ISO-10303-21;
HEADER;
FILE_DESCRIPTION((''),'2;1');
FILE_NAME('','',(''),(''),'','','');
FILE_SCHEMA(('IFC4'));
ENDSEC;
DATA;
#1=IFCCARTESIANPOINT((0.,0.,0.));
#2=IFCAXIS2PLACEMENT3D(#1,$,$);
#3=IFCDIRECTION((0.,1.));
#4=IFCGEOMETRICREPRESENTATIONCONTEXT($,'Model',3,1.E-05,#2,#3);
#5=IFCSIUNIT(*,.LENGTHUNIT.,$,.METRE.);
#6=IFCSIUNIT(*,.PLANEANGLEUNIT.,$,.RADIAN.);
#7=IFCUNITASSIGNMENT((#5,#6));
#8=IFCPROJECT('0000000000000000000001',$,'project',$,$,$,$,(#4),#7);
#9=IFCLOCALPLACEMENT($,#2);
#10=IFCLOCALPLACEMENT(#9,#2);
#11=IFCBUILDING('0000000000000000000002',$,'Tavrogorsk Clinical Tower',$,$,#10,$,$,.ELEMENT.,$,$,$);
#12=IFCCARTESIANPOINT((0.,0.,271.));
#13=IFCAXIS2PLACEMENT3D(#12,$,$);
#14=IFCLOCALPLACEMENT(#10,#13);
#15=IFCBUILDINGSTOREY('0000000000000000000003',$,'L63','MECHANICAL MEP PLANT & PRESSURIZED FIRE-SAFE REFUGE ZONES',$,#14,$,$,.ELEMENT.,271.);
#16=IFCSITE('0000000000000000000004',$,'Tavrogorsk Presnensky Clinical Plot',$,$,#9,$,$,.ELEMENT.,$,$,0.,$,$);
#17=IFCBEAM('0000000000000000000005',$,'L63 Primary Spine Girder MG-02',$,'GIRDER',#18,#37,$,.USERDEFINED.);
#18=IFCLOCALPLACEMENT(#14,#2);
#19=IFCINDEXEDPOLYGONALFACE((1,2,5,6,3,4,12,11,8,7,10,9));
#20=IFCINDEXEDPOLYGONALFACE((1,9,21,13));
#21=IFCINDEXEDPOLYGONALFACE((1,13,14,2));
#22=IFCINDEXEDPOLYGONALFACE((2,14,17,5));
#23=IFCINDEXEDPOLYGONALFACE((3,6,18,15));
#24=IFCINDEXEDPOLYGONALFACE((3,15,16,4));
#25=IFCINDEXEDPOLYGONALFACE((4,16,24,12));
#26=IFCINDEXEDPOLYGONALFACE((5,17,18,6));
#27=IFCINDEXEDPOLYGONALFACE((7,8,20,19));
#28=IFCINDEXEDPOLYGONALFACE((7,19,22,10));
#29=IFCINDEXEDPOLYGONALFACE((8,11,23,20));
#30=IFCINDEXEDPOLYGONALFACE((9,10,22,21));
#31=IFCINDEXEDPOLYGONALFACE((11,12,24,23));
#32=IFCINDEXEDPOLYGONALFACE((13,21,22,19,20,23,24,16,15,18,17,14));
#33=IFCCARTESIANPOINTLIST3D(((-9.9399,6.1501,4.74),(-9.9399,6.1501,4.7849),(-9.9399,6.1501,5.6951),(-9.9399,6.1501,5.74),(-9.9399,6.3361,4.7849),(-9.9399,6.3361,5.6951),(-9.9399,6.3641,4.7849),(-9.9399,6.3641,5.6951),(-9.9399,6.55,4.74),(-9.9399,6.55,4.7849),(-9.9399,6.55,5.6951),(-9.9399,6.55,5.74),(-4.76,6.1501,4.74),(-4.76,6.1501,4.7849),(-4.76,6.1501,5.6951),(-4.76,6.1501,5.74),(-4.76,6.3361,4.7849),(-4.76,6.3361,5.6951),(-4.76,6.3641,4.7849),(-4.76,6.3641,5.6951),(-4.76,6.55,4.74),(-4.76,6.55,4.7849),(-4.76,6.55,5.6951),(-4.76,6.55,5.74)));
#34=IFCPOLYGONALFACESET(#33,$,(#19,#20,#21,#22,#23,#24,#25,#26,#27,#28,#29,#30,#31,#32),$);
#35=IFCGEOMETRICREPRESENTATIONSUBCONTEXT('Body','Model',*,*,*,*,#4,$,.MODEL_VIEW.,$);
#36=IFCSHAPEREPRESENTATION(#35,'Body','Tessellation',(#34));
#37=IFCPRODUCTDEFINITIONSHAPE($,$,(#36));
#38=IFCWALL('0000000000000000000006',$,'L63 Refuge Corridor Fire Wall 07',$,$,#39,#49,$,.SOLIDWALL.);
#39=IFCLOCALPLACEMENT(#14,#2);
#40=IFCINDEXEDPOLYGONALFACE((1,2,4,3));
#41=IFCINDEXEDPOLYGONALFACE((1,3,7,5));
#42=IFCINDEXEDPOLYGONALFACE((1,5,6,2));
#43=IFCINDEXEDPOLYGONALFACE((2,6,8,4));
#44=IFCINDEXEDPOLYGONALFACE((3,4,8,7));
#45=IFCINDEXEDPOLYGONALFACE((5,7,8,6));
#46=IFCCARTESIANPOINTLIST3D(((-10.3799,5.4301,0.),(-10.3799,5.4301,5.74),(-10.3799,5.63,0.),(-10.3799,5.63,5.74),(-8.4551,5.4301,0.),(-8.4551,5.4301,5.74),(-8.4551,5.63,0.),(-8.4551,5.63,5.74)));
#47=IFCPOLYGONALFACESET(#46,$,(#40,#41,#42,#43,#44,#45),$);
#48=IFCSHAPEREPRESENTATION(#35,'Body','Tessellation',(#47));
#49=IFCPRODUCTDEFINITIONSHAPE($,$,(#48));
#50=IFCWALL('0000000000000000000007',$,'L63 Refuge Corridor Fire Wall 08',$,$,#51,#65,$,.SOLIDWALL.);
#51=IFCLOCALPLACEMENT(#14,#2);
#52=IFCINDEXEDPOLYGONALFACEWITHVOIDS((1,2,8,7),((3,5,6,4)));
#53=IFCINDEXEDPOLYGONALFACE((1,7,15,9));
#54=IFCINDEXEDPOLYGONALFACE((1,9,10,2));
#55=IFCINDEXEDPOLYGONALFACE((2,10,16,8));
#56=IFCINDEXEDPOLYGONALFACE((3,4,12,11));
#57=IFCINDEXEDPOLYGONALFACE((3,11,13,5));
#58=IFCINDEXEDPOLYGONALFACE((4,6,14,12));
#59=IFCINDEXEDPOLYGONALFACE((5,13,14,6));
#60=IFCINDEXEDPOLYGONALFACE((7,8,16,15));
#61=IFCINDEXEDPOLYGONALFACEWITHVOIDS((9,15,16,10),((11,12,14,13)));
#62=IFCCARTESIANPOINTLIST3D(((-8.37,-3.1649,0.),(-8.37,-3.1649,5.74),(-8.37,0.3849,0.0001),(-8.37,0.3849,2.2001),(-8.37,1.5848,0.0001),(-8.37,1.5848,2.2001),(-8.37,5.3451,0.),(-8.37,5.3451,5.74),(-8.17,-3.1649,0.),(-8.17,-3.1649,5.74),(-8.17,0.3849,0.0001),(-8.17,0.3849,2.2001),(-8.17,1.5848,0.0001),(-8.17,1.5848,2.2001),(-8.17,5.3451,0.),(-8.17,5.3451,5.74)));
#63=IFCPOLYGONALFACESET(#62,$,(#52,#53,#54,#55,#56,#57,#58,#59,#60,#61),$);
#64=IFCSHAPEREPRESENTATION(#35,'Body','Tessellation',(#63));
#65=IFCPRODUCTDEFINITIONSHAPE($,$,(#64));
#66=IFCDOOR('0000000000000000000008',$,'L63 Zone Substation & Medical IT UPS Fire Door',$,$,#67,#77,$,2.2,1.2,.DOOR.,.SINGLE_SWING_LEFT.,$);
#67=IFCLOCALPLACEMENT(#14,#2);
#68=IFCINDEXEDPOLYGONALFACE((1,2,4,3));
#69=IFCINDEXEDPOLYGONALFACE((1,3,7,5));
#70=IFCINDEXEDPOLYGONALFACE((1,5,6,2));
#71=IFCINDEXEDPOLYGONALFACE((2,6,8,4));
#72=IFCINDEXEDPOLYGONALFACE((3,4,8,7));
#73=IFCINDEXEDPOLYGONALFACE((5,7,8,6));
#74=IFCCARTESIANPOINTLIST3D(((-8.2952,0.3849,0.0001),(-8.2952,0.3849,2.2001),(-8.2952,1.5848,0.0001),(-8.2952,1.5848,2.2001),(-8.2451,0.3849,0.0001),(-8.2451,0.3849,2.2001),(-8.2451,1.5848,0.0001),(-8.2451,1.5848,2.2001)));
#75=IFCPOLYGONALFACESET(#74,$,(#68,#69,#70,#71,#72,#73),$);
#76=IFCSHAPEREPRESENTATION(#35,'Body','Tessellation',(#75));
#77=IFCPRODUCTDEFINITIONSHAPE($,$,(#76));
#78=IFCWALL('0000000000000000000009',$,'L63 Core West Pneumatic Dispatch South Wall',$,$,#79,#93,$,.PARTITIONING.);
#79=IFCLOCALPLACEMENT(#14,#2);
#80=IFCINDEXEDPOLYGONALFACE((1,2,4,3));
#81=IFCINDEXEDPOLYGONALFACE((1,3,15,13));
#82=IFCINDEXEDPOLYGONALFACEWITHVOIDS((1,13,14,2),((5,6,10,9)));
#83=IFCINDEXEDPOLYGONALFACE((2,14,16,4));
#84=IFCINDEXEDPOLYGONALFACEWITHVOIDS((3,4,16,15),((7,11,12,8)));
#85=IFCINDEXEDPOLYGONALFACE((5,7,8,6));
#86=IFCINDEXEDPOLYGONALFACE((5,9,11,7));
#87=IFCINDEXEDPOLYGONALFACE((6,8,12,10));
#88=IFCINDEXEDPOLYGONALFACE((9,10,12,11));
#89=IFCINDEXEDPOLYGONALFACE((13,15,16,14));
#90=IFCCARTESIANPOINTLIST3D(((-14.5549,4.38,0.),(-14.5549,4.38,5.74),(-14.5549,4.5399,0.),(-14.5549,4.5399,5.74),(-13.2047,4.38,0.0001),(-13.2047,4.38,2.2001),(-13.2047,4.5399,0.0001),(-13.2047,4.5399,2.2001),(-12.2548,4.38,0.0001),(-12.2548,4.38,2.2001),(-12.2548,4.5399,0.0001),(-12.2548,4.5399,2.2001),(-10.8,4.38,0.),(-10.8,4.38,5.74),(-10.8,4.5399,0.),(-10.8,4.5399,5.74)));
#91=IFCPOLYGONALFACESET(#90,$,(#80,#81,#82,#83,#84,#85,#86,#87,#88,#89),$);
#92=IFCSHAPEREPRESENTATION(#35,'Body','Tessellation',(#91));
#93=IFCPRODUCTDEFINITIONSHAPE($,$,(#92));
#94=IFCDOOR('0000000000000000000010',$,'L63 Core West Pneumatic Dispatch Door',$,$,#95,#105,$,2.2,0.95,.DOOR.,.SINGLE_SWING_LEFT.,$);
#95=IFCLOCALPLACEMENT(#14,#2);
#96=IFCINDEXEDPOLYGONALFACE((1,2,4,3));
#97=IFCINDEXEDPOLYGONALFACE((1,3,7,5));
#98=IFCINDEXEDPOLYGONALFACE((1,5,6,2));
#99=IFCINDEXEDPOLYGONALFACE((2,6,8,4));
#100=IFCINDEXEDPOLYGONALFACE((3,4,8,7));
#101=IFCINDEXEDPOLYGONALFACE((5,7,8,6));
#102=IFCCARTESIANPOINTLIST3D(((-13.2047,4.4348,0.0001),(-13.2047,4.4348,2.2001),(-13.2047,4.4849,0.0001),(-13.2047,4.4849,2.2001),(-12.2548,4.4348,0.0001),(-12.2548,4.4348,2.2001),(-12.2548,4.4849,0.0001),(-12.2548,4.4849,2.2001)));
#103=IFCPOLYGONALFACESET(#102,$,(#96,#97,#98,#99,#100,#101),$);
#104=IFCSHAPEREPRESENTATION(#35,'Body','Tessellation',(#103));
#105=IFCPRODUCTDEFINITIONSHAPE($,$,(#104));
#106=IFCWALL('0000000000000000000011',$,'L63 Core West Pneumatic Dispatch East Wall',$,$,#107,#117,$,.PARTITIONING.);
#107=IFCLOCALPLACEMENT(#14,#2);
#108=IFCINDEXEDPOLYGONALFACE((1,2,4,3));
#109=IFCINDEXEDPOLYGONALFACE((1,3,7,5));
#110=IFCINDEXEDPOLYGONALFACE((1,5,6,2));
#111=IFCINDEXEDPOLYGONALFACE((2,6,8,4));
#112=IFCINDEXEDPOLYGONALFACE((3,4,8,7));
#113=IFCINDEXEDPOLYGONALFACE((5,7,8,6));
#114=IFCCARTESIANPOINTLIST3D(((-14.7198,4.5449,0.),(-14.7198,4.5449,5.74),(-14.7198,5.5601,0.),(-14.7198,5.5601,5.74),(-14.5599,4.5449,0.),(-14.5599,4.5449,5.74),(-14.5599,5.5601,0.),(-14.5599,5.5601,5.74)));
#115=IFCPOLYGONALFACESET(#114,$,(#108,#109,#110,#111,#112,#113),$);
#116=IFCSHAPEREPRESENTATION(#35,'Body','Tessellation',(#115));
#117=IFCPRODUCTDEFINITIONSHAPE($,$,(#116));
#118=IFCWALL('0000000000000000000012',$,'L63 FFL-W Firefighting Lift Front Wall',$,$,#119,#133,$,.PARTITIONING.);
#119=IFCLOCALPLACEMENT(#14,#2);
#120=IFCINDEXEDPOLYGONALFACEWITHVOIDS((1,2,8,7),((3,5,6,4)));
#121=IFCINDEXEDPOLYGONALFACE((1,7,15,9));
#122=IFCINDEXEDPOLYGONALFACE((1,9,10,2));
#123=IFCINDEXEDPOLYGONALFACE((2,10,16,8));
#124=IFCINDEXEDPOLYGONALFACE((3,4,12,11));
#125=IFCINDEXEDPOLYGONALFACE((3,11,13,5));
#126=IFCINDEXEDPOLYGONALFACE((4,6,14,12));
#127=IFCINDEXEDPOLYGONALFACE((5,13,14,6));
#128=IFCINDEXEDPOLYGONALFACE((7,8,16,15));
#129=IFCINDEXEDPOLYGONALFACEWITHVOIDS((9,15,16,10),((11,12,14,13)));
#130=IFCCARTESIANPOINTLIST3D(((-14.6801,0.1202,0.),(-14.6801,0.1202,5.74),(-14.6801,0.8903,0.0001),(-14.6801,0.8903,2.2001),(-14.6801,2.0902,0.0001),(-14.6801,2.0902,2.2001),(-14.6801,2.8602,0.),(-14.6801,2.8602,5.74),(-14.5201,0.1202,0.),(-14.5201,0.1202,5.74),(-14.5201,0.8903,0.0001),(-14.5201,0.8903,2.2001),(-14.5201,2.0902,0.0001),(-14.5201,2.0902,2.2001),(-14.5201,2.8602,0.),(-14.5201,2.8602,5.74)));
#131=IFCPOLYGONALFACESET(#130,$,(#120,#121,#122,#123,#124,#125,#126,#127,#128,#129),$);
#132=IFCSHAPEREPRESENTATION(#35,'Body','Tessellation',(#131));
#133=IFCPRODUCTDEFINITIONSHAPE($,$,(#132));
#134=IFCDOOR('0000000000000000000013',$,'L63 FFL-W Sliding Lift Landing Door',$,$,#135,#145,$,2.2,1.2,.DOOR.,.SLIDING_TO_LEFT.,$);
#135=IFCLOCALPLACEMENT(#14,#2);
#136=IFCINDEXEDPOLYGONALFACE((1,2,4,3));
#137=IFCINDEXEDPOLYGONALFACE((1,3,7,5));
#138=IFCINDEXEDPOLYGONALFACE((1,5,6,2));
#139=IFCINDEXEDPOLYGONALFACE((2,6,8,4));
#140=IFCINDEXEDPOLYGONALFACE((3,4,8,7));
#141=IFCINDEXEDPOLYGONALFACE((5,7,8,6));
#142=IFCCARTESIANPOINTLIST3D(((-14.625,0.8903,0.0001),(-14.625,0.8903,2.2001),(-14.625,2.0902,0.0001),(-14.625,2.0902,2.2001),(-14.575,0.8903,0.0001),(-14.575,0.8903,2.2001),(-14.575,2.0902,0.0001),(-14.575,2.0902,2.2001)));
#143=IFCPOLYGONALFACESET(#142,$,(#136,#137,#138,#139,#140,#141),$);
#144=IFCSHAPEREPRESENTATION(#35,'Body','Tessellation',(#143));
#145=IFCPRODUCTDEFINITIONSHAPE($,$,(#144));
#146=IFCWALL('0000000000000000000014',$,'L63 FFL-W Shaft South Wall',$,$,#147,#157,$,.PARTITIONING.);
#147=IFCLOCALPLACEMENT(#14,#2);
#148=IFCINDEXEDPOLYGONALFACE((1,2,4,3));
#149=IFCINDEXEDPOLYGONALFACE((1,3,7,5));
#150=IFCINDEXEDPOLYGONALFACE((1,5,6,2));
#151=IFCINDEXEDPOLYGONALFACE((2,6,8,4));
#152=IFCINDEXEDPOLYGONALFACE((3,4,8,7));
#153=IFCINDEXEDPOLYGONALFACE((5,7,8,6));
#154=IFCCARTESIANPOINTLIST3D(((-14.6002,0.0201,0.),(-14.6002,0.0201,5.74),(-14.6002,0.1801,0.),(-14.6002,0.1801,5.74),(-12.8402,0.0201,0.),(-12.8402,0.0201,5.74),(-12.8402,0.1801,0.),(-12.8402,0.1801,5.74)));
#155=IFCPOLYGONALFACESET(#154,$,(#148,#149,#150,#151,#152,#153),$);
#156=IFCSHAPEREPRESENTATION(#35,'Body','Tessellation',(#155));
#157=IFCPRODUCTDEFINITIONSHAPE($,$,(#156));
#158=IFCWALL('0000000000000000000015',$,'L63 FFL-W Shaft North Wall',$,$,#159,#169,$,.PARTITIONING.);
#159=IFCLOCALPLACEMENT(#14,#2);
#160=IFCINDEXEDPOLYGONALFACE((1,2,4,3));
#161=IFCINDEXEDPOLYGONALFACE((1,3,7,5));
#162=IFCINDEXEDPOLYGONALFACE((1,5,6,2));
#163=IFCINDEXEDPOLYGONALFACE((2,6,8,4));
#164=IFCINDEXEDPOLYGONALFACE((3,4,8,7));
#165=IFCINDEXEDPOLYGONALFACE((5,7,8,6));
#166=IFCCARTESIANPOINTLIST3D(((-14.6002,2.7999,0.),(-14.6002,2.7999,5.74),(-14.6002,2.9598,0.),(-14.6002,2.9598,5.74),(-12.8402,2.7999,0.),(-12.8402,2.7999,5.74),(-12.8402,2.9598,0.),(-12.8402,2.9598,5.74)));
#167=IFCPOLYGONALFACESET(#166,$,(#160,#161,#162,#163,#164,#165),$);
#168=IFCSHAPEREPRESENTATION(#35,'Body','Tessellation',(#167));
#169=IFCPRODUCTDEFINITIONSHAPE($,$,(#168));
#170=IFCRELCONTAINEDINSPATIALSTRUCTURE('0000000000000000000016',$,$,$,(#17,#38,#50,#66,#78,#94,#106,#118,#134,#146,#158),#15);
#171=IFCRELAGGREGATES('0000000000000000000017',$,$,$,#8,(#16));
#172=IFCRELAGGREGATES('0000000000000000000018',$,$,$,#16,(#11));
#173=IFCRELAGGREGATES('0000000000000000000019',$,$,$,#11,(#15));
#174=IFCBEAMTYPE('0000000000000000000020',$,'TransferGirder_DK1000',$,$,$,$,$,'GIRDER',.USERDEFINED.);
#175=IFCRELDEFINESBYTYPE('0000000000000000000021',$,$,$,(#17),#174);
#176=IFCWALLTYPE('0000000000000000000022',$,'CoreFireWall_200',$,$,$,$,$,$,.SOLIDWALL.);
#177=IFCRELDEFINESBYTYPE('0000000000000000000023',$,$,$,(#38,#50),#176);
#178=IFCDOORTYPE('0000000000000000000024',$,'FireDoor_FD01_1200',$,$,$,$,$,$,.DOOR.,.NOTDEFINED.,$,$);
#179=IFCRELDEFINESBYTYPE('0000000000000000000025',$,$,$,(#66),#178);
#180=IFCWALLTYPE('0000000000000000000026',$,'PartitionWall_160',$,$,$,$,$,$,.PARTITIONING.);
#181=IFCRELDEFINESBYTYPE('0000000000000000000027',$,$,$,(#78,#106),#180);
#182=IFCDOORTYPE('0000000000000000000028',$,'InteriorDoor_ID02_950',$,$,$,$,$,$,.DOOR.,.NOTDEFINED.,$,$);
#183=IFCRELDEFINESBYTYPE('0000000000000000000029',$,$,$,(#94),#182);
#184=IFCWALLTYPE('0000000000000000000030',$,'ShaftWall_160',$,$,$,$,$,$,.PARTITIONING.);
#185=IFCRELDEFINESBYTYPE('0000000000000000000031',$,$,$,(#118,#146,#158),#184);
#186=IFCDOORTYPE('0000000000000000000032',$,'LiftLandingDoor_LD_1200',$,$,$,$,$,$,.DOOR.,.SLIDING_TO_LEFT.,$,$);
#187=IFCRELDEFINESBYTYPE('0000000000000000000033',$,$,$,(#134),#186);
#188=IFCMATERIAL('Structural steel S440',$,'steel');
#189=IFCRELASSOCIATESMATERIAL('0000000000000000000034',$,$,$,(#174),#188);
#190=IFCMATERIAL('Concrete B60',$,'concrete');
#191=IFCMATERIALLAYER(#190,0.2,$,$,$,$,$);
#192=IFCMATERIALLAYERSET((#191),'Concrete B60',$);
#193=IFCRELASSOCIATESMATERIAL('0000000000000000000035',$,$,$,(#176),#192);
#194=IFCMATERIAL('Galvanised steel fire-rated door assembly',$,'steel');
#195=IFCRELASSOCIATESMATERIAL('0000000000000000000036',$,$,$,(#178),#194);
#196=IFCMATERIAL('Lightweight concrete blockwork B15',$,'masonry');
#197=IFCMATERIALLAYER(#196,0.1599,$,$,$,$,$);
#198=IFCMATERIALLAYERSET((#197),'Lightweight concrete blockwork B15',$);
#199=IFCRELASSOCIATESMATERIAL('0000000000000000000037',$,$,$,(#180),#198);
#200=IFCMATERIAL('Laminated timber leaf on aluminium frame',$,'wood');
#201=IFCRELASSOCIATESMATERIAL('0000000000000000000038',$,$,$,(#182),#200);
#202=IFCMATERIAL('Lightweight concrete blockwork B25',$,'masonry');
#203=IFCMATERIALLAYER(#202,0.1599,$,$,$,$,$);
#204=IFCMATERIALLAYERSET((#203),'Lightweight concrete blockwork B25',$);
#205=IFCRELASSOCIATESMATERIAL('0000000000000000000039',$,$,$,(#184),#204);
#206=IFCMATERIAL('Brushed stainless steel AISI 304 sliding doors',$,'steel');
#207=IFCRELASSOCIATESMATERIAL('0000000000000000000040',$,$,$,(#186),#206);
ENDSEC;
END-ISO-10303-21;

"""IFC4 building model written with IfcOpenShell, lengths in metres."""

from ifc_helpers import new_model, si_unit, direction, frame, frame_2d, origin, origin_2d, place, context, subcontext, project, spatial, rectangle, i_section, extrude, material, layer, layer_set, material_profile, profile_set, type_object, element, fill, save


model = new_model("IFC4")

# Units and contexts
model_context = context("Model", 3, precision=1e-05, world=origin(), true_north=direction((0.0, 1.0)))
body_context = subcontext(model_context, "Body", "Model", "MODEL_VIEW")
ifc_project = project(units=[si_unit("LENGTHUNIT", "METRE"), si_unit("PLANEANGLEUNIT", "RADIAN")], contexts=[model_context])

# Site, building, storey
site_placement = place(None, origin())
site = spatial("IfcSite", under=ifc_project, at=site_placement, Name="Tavrogorsk Presnensky Clinical Plot", CompositionType="ELEMENT", RefElevation=0.0)
building_placement = place(site_placement, origin())
building = spatial("IfcBuilding", under=site, at=building_placement, Name="Tavrogorsk Clinical Tower", CompositionType="ELEMENT")
storey_placement = place(building_placement, frame((0.0, 0.0, 271.0)))
storey = spatial("IfcBuildingStorey", under=building, at=storey_placement, Name="L63", Description="MECHANICAL MEP PLANT & PRESSURIZED FIRE-SAFE REFUGE ZONES", CompositionType="ELEMENT", Elevation=271.0)

# Beam
ifc_material_1 = material(Name="Structural steel S440", Category="steel")
ifc_material_profile_1 = material_profile(ifc_material_1, i_section(OverallWidth=0.3999, OverallDepth=1.0, WebThickness=0.0281, FlangeThickness=0.0449, at=origin_2d()), Name="DK-1000x400x28x45")
ifc_profile_set_1 = profile_set([ifc_material_profile_1], Name="Structural steel S440")
beam_type = type_object("IfcBeamType", Name="TransferGirder_DK1000", ElementType="GIRDER", PredefinedType="USERDEFINED", material=ifc_profile_set_1)
beam_placement = place(storey_placement, frame((-9.9399, 6.3501, 5.24), z_axis=(1.0, 0.0, 0.0), x_axis=(0.0, 1.0, 0.0)))
element("IfcBeam", 1, at=beam_placement, inside=storey, type_object=beam_type, Name="L63 Primary Spine Girder MG-02", ObjectType="GIRDER", PredefinedType="USERDEFINED", context=body_context, shape_type="SweptSolid", body=[
    extrude(i_section(OverallWidth=0.3999, OverallDepth=1.0, WebThickness=0.0281, FlangeThickness=0.0449, at=origin_2d()), origin(), (0.0, 0.0, 1.0), 5.1799),
])

# Wall
ifc_material_2 = material(Name="Concrete B60", Category="concrete")
ifc_layer_1 = layer(ifc_material_2, 0.2)
ifc_layer_set_1 = layer_set([ifc_layer_1], Name="Concrete B60")
wall_type_1 = type_object("IfcWallType", Name="CoreFireWall_200", PredefinedType="SOLIDWALL", material=ifc_layer_set_1)
wall_1_placement = place(storey_placement, frame((-10.3799, 5.53, 0.0), z_axis=(0.0, 0.0, 1.0), x_axis=(1.0, 0.0, 0.0)))
element("IfcWall", 2, at=wall_1_placement, inside=storey, type_object=wall_type_1, Name="L63 Refuge Corridor Fire Wall 07", PredefinedType="SOLIDWALL", context=body_context, shape_type="SweptSolid", body=[
    extrude(rectangle(XDim=1.9248, YDim=0.2, at=frame_2d((0.9624, 0.0))), origin(), (0.0, 0.0, 1.0), 5.74),
])

# Walls, openings, doors
wall_2_placement = place(storey_placement, frame((-8.27, 5.345, 0.0), z_axis=(0.0, 0.0, 1.0), x_axis=(0.0, -1.0, 0.0)))
wall_2 = element("IfcWall", 3, at=wall_2_placement, inside=storey, type_object=wall_type_1, Name="L63 Refuge Corridor Fire Wall 08", PredefinedType="SOLIDWALL", context=body_context, shape_type="SweptSolid", body=[
    extrude(rectangle(XDim=8.51, YDim=0.2, at=frame_2d((4.2549, 0.0))), origin(), (0.0, 0.0, 1.0), 5.74),
])
opening_1_placement = place(wall_2_placement, frame((3.76, 0.0, 0.0)))
opening_1 = element("IfcOpeningElement", 4, at=opening_1_placement, cuts=wall_2, PredefinedType="OPENING", context=body_context, shape_type="SweptSolid", body=[
    extrude(rectangle(XDim=1.2, YDim=2.2, at=frame_2d((0.6001, 1.1001))), frame((0.0, 0.1099, 0.0), z_axis=(0.0, -1.0, 0.0), x_axis=(1.0, 0.0, 0.0)), (0.0, 0.0, 1.0), 0.22),
])
ifc_material_3 = material(Name="Galvanised steel fire-rated door assembly", Category="steel")
door_type_1 = type_object("IfcDoorType", Name="FireDoor_FD01_1200", OperationType="NOTDEFINED", PredefinedType="DOOR", material=ifc_material_3)
door_1_placement = place(opening_1_placement, origin())
door_1 = element("IfcDoor", 5, at=door_1_placement, inside=storey, type_object=door_type_1, Name="L63 Zone Substation & Medical IT UPS Fire Door", OperationType="SINGLE_SWING_LEFT", OverallHeight=2.2, OverallWidth=1.2, PredefinedType="DOOR", context=body_context, shape_type="SweptSolid", body=[
    extrude(rectangle(XDim=1.2, YDim=2.2, at=frame_2d((0.6001, 1.1001))), frame((0.0, 0.0249, 0.0), z_axis=(0.0, -1.0, 0.0), x_axis=(1.0, 0.0, 0.0)), (0.0, 0.0, 1.0), 0.05),
])
fill(opening_1, door_1)
ifc_material_4 = material(Name="Lightweight concrete blockwork B15", Category="masonry")
ifc_layer_2 = layer(ifc_material_4, 0.1599)
ifc_layer_set_2 = layer_set([ifc_layer_2], Name="Lightweight concrete blockwork B15")
wall_type_2 = type_object("IfcWallType", Name="PartitionWall_160", PredefinedType="PARTITIONING", material=ifc_layer_set_2)
wall_3_placement = place(storey_placement, frame((-14.5549, 4.46, 0.0), z_axis=(0.0, 0.0, 1.0), x_axis=(1.0, 0.0, 0.0)))
wall_3 = element("IfcWall", 6, at=wall_3_placement, inside=storey, type_object=wall_type_2, Name="L63 Core West Pneumatic Dispatch South Wall", PredefinedType="PARTITIONING", context=body_context, shape_type="SweptSolid", body=[
    extrude(rectangle(XDim=3.7549, YDim=0.1599, at=frame_2d((1.8774, 0.0))), origin(), (0.0, 0.0, 1.0), 5.74),
])
opening_2_placement = place(wall_3_placement, frame((1.3501, 0.0, 0.0)))
opening_2 = element("IfcOpeningElement", 7, at=opening_2_placement, cuts=wall_3, PredefinedType="OPENING", context=body_context, shape_type="SweptSolid", body=[
    extrude(rectangle(XDim=0.95, YDim=2.2, at=frame_2d((0.4751, 1.1001))), frame((0.0, 0.0898, 0.0), z_axis=(0.0, -1.0, 0.0), x_axis=(1.0, 0.0, 0.0)), (0.0, 0.0, 1.0), 0.1799),
])
ifc_material_5 = material(Name="Laminated timber leaf on aluminium frame", Category="wood")
door_type_2 = type_object("IfcDoorType", Name="InteriorDoor_ID02_950", OperationType="NOTDEFINED", PredefinedType="DOOR", material=ifc_material_5)
door_2_placement = place(opening_2_placement, origin())
door_2 = element("IfcDoor", 8, at=door_2_placement, inside=storey, type_object=door_type_2, Name="L63 Core West Pneumatic Dispatch Door", OperationType="SINGLE_SWING_LEFT", OverallHeight=2.2, OverallWidth=0.95, PredefinedType="DOOR", context=body_context, shape_type="SweptSolid", body=[
    extrude(rectangle(XDim=0.95, YDim=2.2, at=frame_2d((0.4751, 1.1001))), frame((0.0, 0.0249, 0.0), z_axis=(0.0, -1.0, 0.0), x_axis=(1.0, 0.0, 0.0)), (0.0, 0.0, 1.0), 0.05),
])
fill(opening_2, door_2)

# Wall
wall_4_placement = place(storey_placement, frame((-14.6399, 4.5449, 0.0), z_axis=(0.0, 0.0, 1.0), x_axis=(0.0, 1.0, 0.0)))
element("IfcWall", 9, at=wall_4_placement, inside=storey, type_object=wall_type_2, Name="L63 Core West Pneumatic Dispatch East Wall", PredefinedType="PARTITIONING", context=body_context, shape_type="SweptSolid", body=[
    extrude(rectangle(XDim=1.0151, YDim=0.1599, at=frame_2d((0.5076, 0.0))), origin(), (0.0, 0.0, 1.0), 5.74),
])

# Wall, opening, door
ifc_material_6 = material(Name="Lightweight concrete blockwork B25", Category="masonry")
ifc_layer_3 = layer(ifc_material_6, 0.1599)
ifc_layer_set_3 = layer_set([ifc_layer_3], Name="Lightweight concrete blockwork B25")
wall_type_3 = type_object("IfcWallType", Name="ShaftWall_160", PredefinedType="PARTITIONING", material=ifc_layer_set_3)
wall_5_placement = place(storey_placement, frame((-14.6001, 0.1201, 0.0), z_axis=(0.0, 0.0, 1.0), x_axis=(0.0, 1.0, 0.0)))
wall_5 = element("IfcWall", 10, at=wall_5_placement, inside=storey, type_object=wall_type_3, Name="L63 FFL-W Firefighting Lift Front Wall", PredefinedType="PARTITIONING", context=body_context, shape_type="SweptSolid", body=[
    extrude(rectangle(XDim=2.74, YDim=0.1599, at=frame_2d((1.3701, 0.0))), origin(), (0.0, 0.0, 1.0), 5.74),
])
opening_3_placement = place(wall_5_placement, frame((0.77, 0.0, 0.0)))
opening_3 = element("IfcOpeningElement", 11, at=opening_3_placement, cuts=wall_5, PredefinedType="OPENING", context=body_context, shape_type="SweptSolid", body=[
    extrude(rectangle(XDim=1.2, YDim=2.2, at=frame_2d((0.6001, 1.1001))), frame((0.0, 0.0898, 0.0), z_axis=(0.0, -1.0, 0.0), x_axis=(1.0, 0.0, 0.0)), (0.0, 0.0, 1.0), 0.1799),
])
ifc_material_7 = material(Name="Brushed stainless steel AISI 304 sliding doors", Category="steel")
door_type_3 = type_object("IfcDoorType", Name="LiftLandingDoor_LD_1200", OperationType="SLIDING_TO_LEFT", PredefinedType="DOOR", material=ifc_material_7)
door_3_placement = place(opening_3_placement, origin())
door_3 = element("IfcDoor", 12, at=door_3_placement, inside=storey, type_object=door_type_3, Name="L63 FFL-W Sliding Lift Landing Door", OperationType="SLIDING_TO_LEFT", OverallHeight=2.2, OverallWidth=1.2, PredefinedType="DOOR", context=body_context, shape_type="SweptSolid", body=[
    extrude(rectangle(XDim=1.2, YDim=2.2, at=frame_2d((0.6001, 1.1001))), frame((0.0, 0.0249, 0.0), z_axis=(0.0, -1.0, 0.0), x_axis=(1.0, 0.0, 0.0)), (0.0, 0.0, 1.0), 0.05),
])
fill(opening_3, door_3)

# Walls
for number, where, z_axis, x_axis, name in (
    (13, (-14.6001, 0.1001, 0.0), (0.0, 0.0, 1.0), (1.0, 0.0, 0.0), "L63 FFL-W Shaft South Wall"),
    (14, (-14.6001, 2.8799, 0.0), (0.0, 0.0, 1.0), (1.0, 0.0, 0.0), "L63 FFL-W Shaft North Wall"),
):
    element("IfcWall", number, at=place(storey_placement, frame(where, z_axis=z_axis, x_axis=x_axis)), inside=storey, type_object=wall_type_3, Name=name, PredefinedType="PARTITIONING", context=body_context, shape_type="SweptSolid", body=[
        extrude(rectangle(XDim=1.76, YDim=0.1599, at=frame_2d((0.8799, 0.0))), origin(), (0.0, 0.0, 1.0), 5.74),
    ])

save(model, "model.ifc")
